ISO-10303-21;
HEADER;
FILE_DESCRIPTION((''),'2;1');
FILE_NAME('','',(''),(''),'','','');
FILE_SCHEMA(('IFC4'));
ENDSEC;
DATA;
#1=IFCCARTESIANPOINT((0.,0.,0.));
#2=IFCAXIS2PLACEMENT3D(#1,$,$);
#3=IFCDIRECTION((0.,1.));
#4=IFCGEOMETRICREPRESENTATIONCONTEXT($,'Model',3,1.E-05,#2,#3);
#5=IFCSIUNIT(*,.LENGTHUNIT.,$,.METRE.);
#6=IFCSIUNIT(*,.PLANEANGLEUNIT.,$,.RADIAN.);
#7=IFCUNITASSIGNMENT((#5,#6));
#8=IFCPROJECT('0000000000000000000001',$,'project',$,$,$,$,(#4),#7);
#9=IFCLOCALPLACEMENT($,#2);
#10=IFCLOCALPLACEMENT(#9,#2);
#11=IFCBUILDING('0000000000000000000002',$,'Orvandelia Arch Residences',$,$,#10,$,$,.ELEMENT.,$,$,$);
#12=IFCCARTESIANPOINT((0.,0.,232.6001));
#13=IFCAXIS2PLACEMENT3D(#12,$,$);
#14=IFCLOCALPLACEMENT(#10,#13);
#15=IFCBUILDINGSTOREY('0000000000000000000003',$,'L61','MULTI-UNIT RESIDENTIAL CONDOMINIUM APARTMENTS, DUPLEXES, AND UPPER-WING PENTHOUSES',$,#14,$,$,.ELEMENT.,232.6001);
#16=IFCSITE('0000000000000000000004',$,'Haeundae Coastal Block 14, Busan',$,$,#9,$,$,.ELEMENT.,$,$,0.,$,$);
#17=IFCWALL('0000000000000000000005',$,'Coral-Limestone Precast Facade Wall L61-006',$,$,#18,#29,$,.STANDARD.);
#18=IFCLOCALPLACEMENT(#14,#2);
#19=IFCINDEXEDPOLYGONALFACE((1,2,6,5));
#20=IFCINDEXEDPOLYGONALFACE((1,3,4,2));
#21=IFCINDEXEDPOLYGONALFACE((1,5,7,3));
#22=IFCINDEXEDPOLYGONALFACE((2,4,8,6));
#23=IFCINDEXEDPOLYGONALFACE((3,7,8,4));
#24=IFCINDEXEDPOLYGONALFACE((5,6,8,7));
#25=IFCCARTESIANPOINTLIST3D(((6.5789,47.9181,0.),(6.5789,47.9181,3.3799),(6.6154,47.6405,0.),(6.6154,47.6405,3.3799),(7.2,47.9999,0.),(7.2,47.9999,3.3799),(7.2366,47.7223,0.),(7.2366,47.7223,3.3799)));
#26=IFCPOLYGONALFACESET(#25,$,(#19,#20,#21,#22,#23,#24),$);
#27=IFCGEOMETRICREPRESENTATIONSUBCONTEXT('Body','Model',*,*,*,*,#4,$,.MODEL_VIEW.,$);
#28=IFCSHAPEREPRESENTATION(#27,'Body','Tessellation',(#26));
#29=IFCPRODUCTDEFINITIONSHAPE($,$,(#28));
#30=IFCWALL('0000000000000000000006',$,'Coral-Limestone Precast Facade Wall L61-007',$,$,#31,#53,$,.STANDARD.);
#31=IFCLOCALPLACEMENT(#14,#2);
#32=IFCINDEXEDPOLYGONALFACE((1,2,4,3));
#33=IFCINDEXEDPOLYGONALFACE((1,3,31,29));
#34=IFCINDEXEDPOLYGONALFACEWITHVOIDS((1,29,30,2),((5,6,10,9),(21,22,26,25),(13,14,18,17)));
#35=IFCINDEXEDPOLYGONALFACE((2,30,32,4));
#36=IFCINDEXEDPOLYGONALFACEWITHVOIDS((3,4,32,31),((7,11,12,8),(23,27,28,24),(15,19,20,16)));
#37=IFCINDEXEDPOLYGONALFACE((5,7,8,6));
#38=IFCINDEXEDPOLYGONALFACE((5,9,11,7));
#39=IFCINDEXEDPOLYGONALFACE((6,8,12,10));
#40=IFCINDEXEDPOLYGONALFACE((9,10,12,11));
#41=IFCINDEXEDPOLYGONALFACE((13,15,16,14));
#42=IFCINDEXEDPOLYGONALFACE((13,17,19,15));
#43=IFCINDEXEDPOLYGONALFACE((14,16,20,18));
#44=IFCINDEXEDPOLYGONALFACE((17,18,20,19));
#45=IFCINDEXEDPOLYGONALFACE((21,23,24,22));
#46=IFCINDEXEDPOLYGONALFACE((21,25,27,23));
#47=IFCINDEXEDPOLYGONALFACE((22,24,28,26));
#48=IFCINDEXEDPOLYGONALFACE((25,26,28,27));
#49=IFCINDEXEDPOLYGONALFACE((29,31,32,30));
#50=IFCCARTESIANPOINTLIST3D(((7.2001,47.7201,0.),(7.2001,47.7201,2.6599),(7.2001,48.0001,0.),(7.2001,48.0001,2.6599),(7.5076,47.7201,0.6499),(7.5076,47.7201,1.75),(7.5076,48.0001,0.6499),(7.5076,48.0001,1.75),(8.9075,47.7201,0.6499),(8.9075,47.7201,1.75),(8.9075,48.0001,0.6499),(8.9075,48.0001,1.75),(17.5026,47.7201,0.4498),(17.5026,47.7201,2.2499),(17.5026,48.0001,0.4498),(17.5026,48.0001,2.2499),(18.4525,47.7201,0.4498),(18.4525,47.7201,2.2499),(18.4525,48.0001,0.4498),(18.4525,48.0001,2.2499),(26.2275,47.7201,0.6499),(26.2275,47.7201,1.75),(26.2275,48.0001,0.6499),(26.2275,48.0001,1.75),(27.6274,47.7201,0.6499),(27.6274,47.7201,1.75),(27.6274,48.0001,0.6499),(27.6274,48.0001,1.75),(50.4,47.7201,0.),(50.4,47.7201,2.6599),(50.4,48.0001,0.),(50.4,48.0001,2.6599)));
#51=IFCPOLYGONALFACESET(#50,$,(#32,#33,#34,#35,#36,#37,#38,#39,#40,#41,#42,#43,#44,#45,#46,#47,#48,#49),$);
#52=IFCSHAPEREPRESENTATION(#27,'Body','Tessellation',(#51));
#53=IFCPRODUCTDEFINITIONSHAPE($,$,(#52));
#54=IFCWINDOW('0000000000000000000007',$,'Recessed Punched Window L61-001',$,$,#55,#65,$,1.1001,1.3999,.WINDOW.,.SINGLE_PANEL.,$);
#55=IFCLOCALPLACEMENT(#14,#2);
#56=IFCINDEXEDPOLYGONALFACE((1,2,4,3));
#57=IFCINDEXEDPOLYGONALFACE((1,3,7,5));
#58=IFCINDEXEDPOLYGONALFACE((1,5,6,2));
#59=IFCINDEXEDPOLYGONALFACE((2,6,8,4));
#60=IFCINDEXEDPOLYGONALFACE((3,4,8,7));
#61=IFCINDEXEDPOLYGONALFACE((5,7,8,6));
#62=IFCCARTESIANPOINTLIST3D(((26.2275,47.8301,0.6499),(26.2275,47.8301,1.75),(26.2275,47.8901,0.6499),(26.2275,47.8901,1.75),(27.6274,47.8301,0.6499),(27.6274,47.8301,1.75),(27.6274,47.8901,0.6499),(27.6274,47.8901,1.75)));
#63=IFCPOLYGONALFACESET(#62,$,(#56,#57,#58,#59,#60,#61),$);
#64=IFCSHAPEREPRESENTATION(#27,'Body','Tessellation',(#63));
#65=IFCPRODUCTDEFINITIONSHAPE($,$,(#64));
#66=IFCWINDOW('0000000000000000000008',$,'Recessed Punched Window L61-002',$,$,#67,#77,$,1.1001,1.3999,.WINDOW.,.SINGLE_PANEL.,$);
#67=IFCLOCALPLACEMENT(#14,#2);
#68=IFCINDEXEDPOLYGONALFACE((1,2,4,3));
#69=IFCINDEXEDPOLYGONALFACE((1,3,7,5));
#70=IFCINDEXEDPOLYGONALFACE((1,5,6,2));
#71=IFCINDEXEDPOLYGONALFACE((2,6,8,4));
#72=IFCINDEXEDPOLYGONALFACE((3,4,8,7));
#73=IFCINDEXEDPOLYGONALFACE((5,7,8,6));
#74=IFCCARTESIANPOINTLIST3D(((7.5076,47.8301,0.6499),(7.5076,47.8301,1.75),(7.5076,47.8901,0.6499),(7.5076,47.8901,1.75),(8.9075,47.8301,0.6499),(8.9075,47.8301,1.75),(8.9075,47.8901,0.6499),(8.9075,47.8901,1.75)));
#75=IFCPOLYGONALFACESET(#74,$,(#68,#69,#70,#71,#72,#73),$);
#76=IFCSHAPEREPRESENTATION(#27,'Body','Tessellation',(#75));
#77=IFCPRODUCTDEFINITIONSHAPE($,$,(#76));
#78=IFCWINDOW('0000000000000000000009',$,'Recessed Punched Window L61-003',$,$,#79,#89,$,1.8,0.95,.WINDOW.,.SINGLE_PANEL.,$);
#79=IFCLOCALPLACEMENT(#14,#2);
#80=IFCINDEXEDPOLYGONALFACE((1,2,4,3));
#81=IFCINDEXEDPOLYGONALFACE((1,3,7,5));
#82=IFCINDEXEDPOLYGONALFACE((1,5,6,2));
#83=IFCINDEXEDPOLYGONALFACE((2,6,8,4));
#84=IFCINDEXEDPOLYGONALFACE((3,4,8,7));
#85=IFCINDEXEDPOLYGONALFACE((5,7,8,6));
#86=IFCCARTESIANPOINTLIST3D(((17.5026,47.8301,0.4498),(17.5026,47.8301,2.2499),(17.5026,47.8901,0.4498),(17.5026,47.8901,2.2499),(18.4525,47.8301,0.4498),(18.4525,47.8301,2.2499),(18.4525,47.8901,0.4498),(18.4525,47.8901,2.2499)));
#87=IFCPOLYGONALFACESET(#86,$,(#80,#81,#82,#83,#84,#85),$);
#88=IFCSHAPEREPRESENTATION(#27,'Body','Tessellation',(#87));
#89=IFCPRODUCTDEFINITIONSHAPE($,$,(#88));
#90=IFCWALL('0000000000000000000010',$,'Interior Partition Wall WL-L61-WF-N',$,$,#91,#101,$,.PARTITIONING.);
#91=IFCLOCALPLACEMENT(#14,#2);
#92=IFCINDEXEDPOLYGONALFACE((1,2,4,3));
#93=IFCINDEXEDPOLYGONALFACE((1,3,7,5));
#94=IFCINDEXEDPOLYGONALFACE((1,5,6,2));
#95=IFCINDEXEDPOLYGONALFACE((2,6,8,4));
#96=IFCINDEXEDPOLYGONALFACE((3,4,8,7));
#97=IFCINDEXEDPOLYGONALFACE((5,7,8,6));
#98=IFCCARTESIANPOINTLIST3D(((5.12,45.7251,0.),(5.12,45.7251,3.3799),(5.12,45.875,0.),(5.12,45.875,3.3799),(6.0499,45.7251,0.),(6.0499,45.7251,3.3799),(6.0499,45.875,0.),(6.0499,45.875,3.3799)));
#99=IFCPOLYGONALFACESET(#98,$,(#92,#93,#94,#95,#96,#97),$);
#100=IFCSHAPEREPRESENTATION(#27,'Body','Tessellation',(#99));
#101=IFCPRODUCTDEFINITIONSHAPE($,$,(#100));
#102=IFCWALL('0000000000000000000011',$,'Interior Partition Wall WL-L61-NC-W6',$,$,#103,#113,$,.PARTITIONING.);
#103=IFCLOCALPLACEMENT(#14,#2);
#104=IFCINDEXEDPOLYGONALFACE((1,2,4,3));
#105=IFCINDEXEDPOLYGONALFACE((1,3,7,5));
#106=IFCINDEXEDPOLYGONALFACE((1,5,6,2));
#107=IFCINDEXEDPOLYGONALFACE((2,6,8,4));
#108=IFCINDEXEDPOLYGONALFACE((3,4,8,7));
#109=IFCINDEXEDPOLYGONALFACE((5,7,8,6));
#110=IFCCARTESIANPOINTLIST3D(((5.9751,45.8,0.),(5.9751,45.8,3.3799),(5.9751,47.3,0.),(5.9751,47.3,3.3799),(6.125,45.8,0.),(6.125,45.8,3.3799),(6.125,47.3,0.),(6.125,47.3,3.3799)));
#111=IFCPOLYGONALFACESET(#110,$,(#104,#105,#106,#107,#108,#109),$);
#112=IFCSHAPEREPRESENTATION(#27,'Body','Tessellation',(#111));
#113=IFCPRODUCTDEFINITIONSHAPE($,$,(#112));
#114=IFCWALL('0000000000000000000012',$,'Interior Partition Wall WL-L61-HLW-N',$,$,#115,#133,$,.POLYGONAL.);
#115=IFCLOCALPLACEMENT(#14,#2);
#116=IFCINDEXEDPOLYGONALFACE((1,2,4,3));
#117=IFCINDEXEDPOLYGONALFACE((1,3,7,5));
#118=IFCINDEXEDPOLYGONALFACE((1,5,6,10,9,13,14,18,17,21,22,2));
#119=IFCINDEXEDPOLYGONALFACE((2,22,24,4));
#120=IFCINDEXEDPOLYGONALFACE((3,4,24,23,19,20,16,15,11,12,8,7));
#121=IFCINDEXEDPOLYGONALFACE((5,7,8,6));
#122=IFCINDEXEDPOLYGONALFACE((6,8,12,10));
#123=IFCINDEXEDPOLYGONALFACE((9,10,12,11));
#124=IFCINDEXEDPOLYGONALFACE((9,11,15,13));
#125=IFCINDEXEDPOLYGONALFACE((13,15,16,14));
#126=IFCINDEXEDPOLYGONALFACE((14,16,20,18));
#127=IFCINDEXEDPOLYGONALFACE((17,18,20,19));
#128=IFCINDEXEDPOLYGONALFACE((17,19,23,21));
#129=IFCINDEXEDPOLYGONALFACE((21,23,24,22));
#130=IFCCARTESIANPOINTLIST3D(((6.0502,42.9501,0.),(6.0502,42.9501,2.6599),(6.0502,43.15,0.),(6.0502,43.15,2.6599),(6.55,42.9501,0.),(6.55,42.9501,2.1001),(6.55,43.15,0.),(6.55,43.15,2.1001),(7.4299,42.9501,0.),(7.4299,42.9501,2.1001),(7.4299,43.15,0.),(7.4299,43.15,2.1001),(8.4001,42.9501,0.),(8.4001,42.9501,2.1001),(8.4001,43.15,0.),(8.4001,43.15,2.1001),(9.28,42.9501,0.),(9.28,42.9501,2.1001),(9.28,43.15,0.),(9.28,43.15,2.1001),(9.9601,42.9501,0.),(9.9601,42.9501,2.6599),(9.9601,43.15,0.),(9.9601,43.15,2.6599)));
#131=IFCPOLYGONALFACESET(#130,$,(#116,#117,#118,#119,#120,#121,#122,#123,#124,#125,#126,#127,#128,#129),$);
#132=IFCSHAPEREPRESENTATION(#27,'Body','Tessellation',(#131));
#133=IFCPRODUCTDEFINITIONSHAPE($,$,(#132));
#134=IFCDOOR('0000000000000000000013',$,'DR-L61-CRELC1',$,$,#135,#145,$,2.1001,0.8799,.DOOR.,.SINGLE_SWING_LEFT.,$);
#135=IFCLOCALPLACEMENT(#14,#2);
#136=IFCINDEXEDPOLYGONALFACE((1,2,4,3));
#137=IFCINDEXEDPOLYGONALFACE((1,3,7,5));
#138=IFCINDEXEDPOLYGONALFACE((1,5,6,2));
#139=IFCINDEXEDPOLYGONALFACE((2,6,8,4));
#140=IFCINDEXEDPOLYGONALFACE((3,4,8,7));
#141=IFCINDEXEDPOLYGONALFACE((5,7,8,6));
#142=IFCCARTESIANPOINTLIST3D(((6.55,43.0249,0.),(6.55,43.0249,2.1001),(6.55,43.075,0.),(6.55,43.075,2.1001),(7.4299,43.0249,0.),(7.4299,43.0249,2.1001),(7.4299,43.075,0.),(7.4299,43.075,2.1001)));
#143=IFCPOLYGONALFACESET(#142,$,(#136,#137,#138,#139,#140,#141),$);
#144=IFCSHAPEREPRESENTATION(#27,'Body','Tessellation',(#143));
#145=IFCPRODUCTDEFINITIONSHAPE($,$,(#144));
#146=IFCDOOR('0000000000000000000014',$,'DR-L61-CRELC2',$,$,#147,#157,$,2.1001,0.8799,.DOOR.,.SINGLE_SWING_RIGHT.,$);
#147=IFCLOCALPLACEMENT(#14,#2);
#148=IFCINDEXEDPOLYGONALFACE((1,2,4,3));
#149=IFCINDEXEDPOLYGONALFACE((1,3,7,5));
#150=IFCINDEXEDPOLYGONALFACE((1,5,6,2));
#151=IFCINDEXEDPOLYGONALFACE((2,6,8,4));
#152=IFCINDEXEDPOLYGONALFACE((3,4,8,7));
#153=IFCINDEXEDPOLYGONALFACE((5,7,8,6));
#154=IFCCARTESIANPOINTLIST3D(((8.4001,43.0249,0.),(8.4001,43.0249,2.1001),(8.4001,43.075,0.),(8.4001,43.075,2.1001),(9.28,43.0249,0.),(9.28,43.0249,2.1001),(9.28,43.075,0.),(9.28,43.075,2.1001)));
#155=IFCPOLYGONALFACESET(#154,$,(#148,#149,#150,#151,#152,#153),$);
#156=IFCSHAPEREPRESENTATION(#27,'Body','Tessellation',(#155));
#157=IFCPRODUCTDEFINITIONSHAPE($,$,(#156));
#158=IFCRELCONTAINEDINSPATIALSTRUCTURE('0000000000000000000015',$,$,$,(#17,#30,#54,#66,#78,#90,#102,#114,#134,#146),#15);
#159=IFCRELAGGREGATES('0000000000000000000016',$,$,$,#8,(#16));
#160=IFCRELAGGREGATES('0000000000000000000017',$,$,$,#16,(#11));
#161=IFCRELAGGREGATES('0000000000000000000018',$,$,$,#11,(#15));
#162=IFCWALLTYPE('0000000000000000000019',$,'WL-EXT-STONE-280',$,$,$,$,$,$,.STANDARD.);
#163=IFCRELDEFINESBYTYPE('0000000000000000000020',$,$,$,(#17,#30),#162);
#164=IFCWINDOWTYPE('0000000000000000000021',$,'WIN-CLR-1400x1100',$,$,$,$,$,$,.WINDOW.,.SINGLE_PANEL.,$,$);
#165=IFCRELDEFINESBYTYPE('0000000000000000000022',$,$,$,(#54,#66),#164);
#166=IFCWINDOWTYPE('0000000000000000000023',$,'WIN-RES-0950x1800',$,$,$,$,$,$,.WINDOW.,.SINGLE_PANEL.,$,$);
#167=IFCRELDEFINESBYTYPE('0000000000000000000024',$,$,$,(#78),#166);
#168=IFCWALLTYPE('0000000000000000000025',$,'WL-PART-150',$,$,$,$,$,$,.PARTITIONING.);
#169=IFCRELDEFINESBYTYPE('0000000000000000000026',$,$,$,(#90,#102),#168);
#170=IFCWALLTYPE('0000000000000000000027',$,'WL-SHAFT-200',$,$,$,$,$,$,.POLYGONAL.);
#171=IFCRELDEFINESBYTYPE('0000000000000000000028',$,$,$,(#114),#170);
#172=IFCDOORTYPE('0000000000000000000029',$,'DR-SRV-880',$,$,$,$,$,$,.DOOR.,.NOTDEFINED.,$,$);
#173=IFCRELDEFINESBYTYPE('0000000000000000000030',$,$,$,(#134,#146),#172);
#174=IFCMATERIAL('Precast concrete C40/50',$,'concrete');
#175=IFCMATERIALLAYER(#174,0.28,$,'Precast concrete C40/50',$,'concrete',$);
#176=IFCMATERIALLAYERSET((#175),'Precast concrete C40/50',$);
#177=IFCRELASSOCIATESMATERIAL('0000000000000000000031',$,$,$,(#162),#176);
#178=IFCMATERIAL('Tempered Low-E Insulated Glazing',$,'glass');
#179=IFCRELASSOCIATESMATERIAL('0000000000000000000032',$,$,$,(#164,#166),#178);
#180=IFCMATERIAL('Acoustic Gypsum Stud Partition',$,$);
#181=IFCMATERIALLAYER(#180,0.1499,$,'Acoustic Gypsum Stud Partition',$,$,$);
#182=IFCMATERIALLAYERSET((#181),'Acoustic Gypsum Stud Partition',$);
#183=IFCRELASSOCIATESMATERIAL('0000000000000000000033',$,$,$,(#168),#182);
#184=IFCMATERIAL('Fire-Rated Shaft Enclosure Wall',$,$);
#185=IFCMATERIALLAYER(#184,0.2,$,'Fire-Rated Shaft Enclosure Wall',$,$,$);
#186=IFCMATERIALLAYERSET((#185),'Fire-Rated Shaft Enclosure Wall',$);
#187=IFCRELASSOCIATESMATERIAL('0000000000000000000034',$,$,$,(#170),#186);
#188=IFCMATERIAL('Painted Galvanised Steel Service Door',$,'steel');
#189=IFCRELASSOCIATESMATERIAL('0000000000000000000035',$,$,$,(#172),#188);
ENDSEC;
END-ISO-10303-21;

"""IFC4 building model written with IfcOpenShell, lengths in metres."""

from ifc_helpers import new_model, si_unit, direction, frame, frame_2d, origin, place, context, subcontext, project, spatial, rectangle, extrude, material, layer, layer_set, type_object, element, fill, save


model = new_model("IFC4")

# Units and contexts
model_context = context("Model", 3, precision=1e-05, world=origin(), true_north=direction((0.0, 1.0)))
body_context = subcontext(model_context, "Body", "Model", "MODEL_VIEW")
ifc_project = project(units=[si_unit("LENGTHUNIT", "METRE"), si_unit("PLANEANGLEUNIT", "RADIAN")], contexts=[model_context])

# Site, building, storey
site_placement = place(None, origin())
site = spatial("IfcSite", under=ifc_project, at=site_placement, Name="Haeundae Coastal Block 14, Busan", CompositionType="ELEMENT", RefElevation=0.0)
building_placement = place(site_placement, origin())
building = spatial("IfcBuilding", under=site, at=building_placement, Name="Orvandelia Arch Residences", CompositionType="ELEMENT")
storey_placement = place(building_placement, frame((0.0, 0.0, 232.6001)))
storey = spatial("IfcBuildingStorey", under=building, at=storey_placement, Name="L61", Description="MULTI-UNIT RESIDENTIAL CONDOMINIUM APARTMENTS, DUPLEXES, AND UPPER-WING PENTHOUSES", CompositionType="ELEMENT", Elevation=232.6001)

# Wall
ifc_material_1 = material(Name="Precast concrete C40/50", Category="concrete")
ifc_layer_1 = layer(ifc_material_1, 0.28, Name="Precast concrete C40/50", Category="concrete")
ifc_layer_set_1 = layer_set([ifc_layer_1], Name="Precast concrete C40/50")
wall_type_1 = type_object("IfcWallType", Name="WL-EXT-STONE-280", PredefinedType="STANDARD", material=ifc_layer_set_1)
wall_1_placement = place(storey_placement, frame((6.5972, 47.7793, 0.0), z_axis=(0.0, 0.0, 1.0), x_axis=(0.991441, 0.130555, 0.0)))
element("IfcWall", 1, at=wall_1_placement, inside=storey, type_object=wall_type_1, Name="Coral-Limestone Precast Facade Wall L61-006", PredefinedType="STANDARD", context=body_context, shape_type="SweptSolid", body=[
    extrude(rectangle(XDim=0.6265, YDim=0.28, at=frame_2d((0.3132, 0.0))), origin(), (0.0, 0.0, 1.0), 3.3799),
])

# Wall, openings, windows
wall_2_placement = place(storey_placement, frame((7.2, 47.8601, 0.0), z_axis=(0.0, 0.0, 1.0), x_axis=(1.0, 0.0, 0.0)))
wall_2 = element("IfcWall", 2, at=wall_2_placement, inside=storey, type_object=wall_type_1, Name="Coral-Limestone Precast Facade Wall L61-007", PredefinedType="STANDARD", context=body_context, shape_type="SweptSolid", body=[
    extrude(rectangle(XDim=43.2, YDim=0.28, at=frame_2d((21.6001, 0.0))), origin(), (0.0, 0.0, 1.0), 2.6599),
])
opening_1_placement = place(wall_2_placement, frame((19.0276, 0.0, 0.6499)))
opening_1 = element("IfcOpeningElement", 3, at=opening_1_placement, cuts=wall_2, PredefinedType="OPENING", context=body_context, shape_type="SweptSolid", body=[
    extrude(rectangle(XDim=1.3999, YDim=1.1001, at=frame_2d((0.7, 0.55))), frame((0.0, 0.1499, 0.0), z_axis=(0.0, -1.0, 0.0), x_axis=(1.0, 0.0, 0.0)), (0.0, 0.0, 1.0), 0.3),
])
opening_2_placement = place(wall_2_placement, frame((0.3076, 0.0, 0.6499)))
opening_2 = element("IfcOpeningElement", 4, at=opening_2_placement, cuts=wall_2, PredefinedType="OPENING", context=body_context, shape_type="SweptSolid", body=[
    extrude(rectangle(XDim=1.3999, YDim=1.1001, at=frame_2d((0.7, 0.55))), frame((0.0, 0.1499, 0.0), z_axis=(0.0, -1.0, 0.0), x_axis=(1.0, 0.0, 0.0)), (0.0, 0.0, 1.0), 0.3),
])
opening_3_placement = place(wall_2_placement, frame((10.3025, 0.0, 0.45)))
opening_3 = element("IfcOpeningElement", 5, at=opening_3_placement, cuts=wall_2, PredefinedType="OPENING", context=body_context, shape_type="SweptSolid", body=[
    extrude(rectangle(XDim=0.95, YDim=1.8, at=frame_2d((0.4751, 0.8999))), frame((0.0, 0.1499, 0.0), z_axis=(0.0, -1.0, 0.0), x_axis=(1.0, 0.0, 0.0)), (0.0, 0.0, 1.0), 0.3),
])
ifc_material_2 = material(Name="Tempered Low-E Insulated Glazing", Category="glass")
window_type_1 = type_object("IfcWindowType", Name="WIN-CLR-1400x1100", PartitioningType="SINGLE_PANEL", PredefinedType="WINDOW", material=ifc_material_2)
window_1_placement = place(opening_1_placement, origin())
window_1 = element("IfcWindow", 6, at=window_1_placement, inside=storey, type_object=window_type_1, Name="Recessed Punched Window L61-001", OverallHeight=1.1001, OverallWidth=1.3999, PartitioningType="SINGLE_PANEL", PredefinedType="WINDOW", context=body_context, shape_type="SweptSolid", body=[
    extrude(rectangle(XDim=1.3999, YDim=1.1001, at=frame_2d((0.7, 0.55))), frame((0.0, 0.03, 0.0), z_axis=(0.0, -1.0, 0.0), x_axis=(1.0, 0.0, 0.0)), (0.0, 0.0, 1.0), 0.0601),
])
fill(opening_1, window_1)
window_2_placement = place(opening_2_placement, origin())
window_2 = element("IfcWindow", 7, at=window_2_placement, inside=storey, type_object=window_type_1, Name="Recessed Punched Window L61-002", OverallHeight=1.1001, OverallWidth=1.3999, PartitioningType="SINGLE_PANEL", PredefinedType="WINDOW", context=body_context, shape_type="SweptSolid", body=[
    extrude(rectangle(XDim=1.3999, YDim=1.1001, at=frame_2d((0.7, 0.55))), frame((0.0, 0.03, 0.0), z_axis=(0.0, -1.0, 0.0), x_axis=(1.0, 0.0, 0.0)), (0.0, 0.0, 1.0), 0.0601),
])
fill(opening_2, window_2)
window_type_2 = type_object("IfcWindowType", Name="WIN-RES-0950x1800", PartitioningType="SINGLE_PANEL", PredefinedType="WINDOW", material=ifc_material_2)
window_3_placement = place(opening_3_placement, origin())
window_3 = element("IfcWindow", 8, at=window_3_placement, inside=storey, type_object=window_type_2, Name="Recessed Punched Window L61-003", OverallHeight=1.8, OverallWidth=0.95, PartitioningType="SINGLE_PANEL", PredefinedType="WINDOW", context=body_context, shape_type="SweptSolid", body=[
    extrude(rectangle(XDim=0.95, YDim=1.8, at=frame_2d((0.4751, 0.8999))), frame((0.0, 0.03, 0.0), z_axis=(0.0, -1.0, 0.0), x_axis=(1.0, 0.0, 0.0)), (0.0, 0.0, 1.0), 0.0601),
])
fill(opening_3, window_3)

# Walls
ifc_material_3 = material(Name="Acoustic Gypsum Stud Partition")
ifc_layer_2 = layer(ifc_material_3, 0.1499, Name="Acoustic Gypsum Stud Partition")
ifc_layer_set_2 = layer_set([ifc_layer_2], Name="Acoustic Gypsum Stud Partition")
wall_type_2 = type_object("IfcWallType", Name="WL-PART-150", PredefinedType="PARTITIONING", material=ifc_layer_set_2)
wall_3_placement = place(storey_placement, frame((5.1201, 45.8, 0.0), z_axis=(0.0, 0.0, 1.0), x_axis=(1.0, 0.0, 0.0)))
element("IfcWall", 9, at=wall_3_placement, inside=storey, type_object=wall_type_2, Name="Interior Partition Wall WL-L61-WF-N", PredefinedType="PARTITIONING", context=body_context, shape_type="SweptSolid", body=[
    extrude(rectangle(XDim=0.9299, YDim=0.1499, at=frame_2d((0.4648, 0.0))), origin(), (0.0, 0.0, 1.0), 3.3799),
])
wall_4_placement = place(storey_placement, frame((6.05, 45.8, 0.0), z_axis=(0.0, 0.0, 1.0), x_axis=(0.0, 1.0, 0.0)))
element("IfcWall", 10, at=wall_4_placement, inside=storey, type_object=wall_type_2, Name="Interior Partition Wall WL-L61-NC-W6", PredefinedType="PARTITIONING", context=body_context, shape_type="SweptSolid", body=[
    extrude(rectangle(XDim=1.5, YDim=0.1499, at=frame_2d((0.75, 0.0))), origin(), (0.0, 0.0, 1.0), 3.3799),
])

# Wall, openings, doors
ifc_material_4 = material(Name="Fire-Rated Shaft Enclosure Wall")
ifc_layer_3 = layer(ifc_material_4, 0.2, Name="Fire-Rated Shaft Enclosure Wall")
ifc_layer_set_3 = layer_set([ifc_layer_3], Name="Fire-Rated Shaft Enclosure Wall")
wall_type_3 = type_object("IfcWallType", Name="WL-SHAFT-200", PredefinedType="POLYGONAL", material=ifc_layer_set_3)
wall_5_placement = place(storey_placement, frame((6.05, 43.05, 0.0), z_axis=(0.0, 0.0, 1.0), x_axis=(1.0, 0.0, 0.0)))
wall_5 = element("IfcWall", 11, at=wall_5_placement, inside=storey, type_object=wall_type_3, Name="Interior Partition Wall WL-L61-HLW-N", PredefinedType="POLYGONAL", context=body_context, shape_type="SweptSolid", body=[
    extrude(rectangle(XDim=3.9099, YDim=0.2, at=frame_2d((1.9551, 0.0))), origin(), (0.0, 0.0, 1.0), 2.6599),
])
opening_4_placement = place(wall_5_placement, frame((0.5, 0.0, 0.0)))
opening_4 = element("IfcOpeningElement", 12, at=opening_4_placement, cuts=wall_5, PredefinedType="OPENING", context=body_context, shape_type="SweptSolid", body=[
    extrude(rectangle(XDim=0.8799, YDim=2.1001, at=frame_2d((0.4399, 1.05))), frame((0.0, 0.1099, 0.0), z_axis=(0.0, -1.0, 0.0), x_axis=(1.0, 0.0, 0.0)), (0.0, 0.0, 1.0), 0.22),
])
opening_5_placement = place(wall_5_placement, frame((2.3501, 0.0, 0.0)))
opening_5 = element("IfcOpeningElement", 13, at=opening_5_placement, cuts=wall_5, PredefinedType="OPENING", context=body_context, shape_type="SweptSolid", body=[
    extrude(rectangle(XDim=0.8799, YDim=2.1001, at=frame_2d((0.4399, 1.05))), frame((0.0, 0.1099, 0.0), z_axis=(0.0, -1.0, 0.0), x_axis=(1.0, 0.0, 0.0)), (0.0, 0.0, 1.0), 0.22),
])
ifc_material_5 = material(Name="Painted Galvanised Steel Service Door", Category="steel")
door_type = type_object("IfcDoorType", Name="DR-SRV-880", OperationType="NOTDEFINED", PredefinedType="DOOR", material=ifc_material_5)
door_1_placement = place(opening_4_placement, origin())
door_1 = element("IfcDoor", 14, at=door_1_placement, inside=storey, type_object=door_type, Name="DR-L61-CRELC1", OperationType="SINGLE_SWING_LEFT", OverallHeight=2.1001, OverallWidth=0.8799, PredefinedType="DOOR", context=body_context, shape_type="SweptSolid", body=[
    extrude(rectangle(XDim=0.8799, YDim=2.1001, at=frame_2d((0.4399, 1.05))), frame((0.0, 0.0249, 0.0), z_axis=(0.0, -1.0, 0.0), x_axis=(1.0, 0.0, 0.0)), (0.0, 0.0, 1.0), 0.05),
])
fill(opening_4, door_1)
door_2_placement = place(opening_5_placement, origin())
door_2 = element("IfcDoor", 15, at=door_2_placement, inside=storey, type_object=door_type, Name="DR-L61-CRELC2", OperationType="SINGLE_SWING_RIGHT", OverallHeight=2.1001, OverallWidth=0.8799, PredefinedType="DOOR", context=body_context, shape_type="SweptSolid", body=[
    extrude(rectangle(XDim=0.8799, YDim=2.1001, at=frame_2d((0.4399, 1.05))), frame((0.0, 0.0249, 0.0), z_axis=(0.0, -1.0, 0.0), x_axis=(1.0, 0.0, 0.0)), (0.0, 0.0, 1.0), 0.05),
])
fill(opening_5, door_2)

save(model, "model.ifc")
